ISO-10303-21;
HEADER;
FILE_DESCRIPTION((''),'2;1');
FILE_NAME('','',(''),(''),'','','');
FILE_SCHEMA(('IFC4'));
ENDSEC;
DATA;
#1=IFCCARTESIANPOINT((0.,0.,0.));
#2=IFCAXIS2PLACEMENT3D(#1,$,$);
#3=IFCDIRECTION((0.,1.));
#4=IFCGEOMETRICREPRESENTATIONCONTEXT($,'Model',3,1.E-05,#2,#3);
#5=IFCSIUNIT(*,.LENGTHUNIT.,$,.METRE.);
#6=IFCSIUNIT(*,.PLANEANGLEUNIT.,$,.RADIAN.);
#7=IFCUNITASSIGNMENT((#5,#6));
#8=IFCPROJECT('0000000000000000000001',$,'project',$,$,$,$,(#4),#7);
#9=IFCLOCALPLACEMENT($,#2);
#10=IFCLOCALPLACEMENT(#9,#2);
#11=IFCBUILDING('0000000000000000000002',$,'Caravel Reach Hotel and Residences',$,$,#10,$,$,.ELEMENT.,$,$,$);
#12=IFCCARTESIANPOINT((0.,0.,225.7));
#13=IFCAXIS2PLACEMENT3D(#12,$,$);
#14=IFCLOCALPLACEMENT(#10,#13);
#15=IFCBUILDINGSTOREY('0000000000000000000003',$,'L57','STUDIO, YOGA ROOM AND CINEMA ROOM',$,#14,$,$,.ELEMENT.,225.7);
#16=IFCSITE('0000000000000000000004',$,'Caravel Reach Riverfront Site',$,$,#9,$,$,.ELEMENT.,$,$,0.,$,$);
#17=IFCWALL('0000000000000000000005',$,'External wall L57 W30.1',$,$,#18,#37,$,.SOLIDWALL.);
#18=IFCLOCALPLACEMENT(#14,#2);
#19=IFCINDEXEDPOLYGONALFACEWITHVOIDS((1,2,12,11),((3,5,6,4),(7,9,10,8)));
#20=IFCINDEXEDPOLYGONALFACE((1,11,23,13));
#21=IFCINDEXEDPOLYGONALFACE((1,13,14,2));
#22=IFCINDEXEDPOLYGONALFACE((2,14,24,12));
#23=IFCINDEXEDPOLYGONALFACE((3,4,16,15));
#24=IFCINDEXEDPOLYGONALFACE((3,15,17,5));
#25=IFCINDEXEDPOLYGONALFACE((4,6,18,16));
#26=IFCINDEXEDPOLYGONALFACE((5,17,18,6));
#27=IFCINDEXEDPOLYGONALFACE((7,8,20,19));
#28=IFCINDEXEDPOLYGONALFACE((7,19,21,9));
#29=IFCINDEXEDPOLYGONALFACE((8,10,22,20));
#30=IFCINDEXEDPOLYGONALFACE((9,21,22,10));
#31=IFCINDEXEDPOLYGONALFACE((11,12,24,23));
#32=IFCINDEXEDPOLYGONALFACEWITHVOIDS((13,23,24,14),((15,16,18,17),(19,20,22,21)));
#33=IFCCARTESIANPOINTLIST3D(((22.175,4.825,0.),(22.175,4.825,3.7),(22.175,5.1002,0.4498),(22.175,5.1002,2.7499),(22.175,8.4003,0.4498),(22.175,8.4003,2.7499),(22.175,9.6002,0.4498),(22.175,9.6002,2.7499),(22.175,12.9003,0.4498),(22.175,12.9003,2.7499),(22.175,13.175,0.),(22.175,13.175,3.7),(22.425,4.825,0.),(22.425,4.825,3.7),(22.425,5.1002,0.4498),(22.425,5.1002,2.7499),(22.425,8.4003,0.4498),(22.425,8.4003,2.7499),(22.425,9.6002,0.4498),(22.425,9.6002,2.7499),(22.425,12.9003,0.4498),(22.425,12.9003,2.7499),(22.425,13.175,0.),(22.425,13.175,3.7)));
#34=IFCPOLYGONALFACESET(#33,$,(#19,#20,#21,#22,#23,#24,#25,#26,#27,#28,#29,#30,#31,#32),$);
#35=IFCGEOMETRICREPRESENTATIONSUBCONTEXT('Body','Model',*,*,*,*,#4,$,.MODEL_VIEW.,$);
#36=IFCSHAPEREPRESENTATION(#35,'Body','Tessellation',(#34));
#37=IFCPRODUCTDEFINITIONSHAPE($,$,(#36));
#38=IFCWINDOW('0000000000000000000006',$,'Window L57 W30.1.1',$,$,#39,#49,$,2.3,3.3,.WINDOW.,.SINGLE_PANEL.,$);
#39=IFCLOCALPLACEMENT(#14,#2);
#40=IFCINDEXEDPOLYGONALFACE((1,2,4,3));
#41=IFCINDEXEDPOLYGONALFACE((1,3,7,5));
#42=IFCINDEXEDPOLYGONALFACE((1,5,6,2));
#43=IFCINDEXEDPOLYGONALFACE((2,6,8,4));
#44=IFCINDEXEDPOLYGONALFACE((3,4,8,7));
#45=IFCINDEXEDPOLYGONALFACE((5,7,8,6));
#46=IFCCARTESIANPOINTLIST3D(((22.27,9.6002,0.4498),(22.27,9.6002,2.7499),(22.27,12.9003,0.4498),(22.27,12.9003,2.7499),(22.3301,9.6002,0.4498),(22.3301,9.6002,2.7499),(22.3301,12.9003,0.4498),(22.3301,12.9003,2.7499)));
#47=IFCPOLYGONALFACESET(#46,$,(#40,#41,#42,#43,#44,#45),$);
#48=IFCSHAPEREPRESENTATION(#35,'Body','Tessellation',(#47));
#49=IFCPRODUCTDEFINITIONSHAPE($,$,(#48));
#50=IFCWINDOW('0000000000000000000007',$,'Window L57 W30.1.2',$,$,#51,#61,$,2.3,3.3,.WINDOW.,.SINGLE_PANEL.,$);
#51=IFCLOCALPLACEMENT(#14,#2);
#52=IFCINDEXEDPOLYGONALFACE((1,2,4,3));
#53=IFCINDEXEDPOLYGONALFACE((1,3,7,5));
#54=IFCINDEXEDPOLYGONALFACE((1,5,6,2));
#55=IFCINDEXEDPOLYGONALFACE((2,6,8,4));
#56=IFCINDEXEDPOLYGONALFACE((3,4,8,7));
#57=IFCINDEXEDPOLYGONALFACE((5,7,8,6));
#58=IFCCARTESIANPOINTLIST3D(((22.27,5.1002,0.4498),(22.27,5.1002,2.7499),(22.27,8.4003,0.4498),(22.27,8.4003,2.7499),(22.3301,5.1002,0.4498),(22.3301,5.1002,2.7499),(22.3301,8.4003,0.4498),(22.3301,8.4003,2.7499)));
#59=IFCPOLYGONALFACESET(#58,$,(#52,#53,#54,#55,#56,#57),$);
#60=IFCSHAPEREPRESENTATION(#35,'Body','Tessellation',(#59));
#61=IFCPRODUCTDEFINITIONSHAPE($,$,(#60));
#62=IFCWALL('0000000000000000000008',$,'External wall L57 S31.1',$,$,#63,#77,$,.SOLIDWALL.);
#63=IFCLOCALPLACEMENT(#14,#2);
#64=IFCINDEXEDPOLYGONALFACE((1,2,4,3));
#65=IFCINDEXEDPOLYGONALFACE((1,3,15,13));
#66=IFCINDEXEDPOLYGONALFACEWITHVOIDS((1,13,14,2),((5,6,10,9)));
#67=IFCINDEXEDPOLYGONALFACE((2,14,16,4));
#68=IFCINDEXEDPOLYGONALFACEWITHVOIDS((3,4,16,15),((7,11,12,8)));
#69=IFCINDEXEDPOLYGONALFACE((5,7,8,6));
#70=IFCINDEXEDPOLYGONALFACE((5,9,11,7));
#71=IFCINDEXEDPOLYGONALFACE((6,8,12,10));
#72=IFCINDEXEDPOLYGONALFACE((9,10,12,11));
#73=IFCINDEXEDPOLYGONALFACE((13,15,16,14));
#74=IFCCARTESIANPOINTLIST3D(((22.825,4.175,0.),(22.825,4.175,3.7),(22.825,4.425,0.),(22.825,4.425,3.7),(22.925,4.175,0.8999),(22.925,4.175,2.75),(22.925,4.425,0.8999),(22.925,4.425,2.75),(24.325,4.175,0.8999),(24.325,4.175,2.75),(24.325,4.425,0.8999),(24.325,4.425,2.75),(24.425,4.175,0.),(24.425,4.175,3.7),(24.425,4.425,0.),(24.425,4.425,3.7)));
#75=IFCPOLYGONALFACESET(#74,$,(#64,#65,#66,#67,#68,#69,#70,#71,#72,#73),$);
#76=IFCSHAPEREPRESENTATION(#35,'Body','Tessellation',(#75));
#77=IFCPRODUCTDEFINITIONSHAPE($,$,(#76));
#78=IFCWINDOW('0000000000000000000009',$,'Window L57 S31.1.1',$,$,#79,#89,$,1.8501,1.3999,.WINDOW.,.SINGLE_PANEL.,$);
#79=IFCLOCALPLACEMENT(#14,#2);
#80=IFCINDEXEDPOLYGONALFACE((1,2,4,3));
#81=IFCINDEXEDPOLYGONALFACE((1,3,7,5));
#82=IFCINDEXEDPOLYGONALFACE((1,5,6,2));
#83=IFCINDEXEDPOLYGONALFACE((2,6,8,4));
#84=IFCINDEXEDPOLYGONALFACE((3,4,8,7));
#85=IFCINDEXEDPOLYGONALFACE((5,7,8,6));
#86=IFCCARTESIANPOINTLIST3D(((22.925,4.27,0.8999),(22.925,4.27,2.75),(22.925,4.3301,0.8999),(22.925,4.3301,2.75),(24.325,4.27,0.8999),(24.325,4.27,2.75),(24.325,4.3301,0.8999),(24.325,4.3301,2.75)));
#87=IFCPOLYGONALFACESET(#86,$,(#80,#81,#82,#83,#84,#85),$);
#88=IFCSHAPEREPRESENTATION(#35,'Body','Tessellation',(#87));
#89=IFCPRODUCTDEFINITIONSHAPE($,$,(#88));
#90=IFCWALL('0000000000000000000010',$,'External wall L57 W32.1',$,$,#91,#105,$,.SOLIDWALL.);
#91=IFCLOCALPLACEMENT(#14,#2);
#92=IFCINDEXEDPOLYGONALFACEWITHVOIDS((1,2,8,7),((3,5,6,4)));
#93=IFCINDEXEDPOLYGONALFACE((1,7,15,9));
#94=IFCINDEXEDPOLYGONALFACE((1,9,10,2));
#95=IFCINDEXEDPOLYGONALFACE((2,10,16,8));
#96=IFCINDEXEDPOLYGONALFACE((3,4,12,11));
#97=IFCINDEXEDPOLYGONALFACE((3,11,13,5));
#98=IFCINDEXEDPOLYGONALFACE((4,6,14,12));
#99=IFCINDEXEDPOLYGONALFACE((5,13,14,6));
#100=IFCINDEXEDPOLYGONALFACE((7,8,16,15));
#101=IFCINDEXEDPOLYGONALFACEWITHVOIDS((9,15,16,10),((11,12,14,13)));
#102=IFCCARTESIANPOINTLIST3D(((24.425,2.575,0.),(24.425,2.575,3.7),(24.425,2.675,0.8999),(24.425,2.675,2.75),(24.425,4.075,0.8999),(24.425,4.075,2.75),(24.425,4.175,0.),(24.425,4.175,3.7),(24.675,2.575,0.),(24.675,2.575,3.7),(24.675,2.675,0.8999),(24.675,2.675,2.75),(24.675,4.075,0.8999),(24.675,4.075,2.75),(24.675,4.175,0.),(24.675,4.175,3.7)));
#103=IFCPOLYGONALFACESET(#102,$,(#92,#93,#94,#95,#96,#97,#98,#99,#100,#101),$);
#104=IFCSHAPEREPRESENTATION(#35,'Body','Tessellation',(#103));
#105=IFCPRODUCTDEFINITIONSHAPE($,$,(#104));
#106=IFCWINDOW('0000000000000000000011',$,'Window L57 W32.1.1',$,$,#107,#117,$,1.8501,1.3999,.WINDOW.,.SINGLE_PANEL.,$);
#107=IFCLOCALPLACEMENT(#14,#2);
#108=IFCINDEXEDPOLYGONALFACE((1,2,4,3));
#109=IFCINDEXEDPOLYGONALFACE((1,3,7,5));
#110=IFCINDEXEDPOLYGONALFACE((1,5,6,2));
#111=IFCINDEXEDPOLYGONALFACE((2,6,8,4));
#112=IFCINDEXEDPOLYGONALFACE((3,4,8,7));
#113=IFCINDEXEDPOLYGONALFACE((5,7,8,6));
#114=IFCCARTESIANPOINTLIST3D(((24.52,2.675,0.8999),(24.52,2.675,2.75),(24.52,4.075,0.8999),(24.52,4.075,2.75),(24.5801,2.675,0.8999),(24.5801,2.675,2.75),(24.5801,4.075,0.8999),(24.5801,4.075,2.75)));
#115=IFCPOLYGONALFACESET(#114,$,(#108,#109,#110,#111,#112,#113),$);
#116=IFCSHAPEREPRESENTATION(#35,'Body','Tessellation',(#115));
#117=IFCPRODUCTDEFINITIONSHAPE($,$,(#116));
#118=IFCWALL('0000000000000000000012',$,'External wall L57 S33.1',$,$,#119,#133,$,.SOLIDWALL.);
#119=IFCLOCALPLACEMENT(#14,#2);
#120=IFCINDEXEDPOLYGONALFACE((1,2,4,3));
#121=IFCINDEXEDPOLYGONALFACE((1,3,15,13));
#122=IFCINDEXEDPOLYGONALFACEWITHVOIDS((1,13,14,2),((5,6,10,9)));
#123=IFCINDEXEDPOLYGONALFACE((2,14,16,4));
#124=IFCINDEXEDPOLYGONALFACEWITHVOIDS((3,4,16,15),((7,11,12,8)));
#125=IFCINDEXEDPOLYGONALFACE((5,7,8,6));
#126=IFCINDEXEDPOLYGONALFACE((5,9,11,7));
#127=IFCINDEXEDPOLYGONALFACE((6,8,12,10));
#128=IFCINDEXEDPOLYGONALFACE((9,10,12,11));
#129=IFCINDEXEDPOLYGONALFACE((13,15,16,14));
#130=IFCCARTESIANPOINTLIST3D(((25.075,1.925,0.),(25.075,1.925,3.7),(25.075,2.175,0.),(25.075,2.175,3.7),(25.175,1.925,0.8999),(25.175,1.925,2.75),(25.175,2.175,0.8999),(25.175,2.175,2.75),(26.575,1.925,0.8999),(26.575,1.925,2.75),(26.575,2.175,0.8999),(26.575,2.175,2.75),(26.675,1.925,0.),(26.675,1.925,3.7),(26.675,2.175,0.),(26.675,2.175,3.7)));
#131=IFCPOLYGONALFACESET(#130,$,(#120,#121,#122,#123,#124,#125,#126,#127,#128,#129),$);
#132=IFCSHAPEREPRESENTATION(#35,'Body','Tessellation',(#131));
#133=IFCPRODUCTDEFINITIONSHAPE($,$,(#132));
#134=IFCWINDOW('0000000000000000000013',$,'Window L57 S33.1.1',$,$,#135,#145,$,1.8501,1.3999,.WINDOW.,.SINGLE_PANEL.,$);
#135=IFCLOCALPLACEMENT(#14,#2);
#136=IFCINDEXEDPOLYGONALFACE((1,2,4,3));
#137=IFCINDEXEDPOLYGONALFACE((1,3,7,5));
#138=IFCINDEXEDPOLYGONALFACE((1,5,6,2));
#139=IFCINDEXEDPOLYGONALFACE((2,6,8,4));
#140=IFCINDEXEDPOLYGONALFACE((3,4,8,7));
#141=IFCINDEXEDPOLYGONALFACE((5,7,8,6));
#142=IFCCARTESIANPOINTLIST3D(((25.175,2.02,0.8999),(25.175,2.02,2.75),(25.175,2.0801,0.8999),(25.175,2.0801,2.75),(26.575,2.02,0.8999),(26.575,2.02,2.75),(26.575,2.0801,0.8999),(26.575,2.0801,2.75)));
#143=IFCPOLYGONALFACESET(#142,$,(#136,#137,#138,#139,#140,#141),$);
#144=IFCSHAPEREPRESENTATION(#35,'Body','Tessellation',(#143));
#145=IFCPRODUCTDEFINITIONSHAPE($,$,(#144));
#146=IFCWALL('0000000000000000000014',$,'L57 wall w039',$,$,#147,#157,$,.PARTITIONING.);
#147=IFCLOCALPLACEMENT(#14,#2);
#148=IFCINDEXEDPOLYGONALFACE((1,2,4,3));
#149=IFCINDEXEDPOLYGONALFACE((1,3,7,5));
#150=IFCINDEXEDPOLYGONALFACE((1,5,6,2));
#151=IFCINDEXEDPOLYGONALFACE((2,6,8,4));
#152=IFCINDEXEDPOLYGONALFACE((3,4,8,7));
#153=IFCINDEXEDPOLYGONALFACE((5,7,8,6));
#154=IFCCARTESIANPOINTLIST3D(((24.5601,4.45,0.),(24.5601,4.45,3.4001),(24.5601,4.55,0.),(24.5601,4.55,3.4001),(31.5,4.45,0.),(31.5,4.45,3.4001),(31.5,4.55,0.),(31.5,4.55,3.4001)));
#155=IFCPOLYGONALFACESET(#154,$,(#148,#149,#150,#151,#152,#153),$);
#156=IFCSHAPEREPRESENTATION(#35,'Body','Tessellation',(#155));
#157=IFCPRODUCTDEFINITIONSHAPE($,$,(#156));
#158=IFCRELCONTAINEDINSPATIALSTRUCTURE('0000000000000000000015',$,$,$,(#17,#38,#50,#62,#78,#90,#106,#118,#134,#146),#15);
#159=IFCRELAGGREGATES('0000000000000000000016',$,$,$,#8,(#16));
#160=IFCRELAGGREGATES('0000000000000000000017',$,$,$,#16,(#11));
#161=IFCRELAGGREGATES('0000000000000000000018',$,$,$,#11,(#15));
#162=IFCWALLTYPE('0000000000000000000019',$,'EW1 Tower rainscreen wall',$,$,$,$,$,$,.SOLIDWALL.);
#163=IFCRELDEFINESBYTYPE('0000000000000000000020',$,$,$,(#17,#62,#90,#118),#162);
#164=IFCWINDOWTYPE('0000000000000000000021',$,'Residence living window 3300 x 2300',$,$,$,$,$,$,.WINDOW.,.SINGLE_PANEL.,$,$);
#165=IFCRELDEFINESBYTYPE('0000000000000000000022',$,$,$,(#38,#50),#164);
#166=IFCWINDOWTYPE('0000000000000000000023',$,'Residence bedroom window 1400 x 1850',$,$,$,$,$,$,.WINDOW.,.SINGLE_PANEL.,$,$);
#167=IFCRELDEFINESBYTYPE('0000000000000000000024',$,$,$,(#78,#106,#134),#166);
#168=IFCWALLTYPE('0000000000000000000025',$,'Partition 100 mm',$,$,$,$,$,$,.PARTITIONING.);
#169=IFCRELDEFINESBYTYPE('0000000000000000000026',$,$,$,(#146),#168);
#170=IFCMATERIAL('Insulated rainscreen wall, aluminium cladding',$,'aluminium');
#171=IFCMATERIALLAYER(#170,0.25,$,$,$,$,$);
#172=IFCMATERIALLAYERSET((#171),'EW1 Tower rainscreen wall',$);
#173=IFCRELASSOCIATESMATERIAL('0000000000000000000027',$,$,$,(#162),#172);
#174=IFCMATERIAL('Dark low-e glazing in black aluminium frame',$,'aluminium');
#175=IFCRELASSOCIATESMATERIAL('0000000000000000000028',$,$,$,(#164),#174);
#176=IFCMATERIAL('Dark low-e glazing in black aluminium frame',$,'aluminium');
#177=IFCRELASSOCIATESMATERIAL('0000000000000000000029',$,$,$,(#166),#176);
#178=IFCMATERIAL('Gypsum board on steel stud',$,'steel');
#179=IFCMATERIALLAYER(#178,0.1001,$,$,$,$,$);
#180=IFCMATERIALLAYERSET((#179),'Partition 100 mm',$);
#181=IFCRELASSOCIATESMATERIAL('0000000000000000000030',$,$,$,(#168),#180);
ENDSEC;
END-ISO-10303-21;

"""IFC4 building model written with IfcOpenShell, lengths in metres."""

from ifc_helpers import new_model, si_unit, direction, frame, frame_2d, origin, place, context, subcontext, project, spatial, rectangle, extrude, material, layer, layer_set, type_object, element, fill, save


model = new_model("IFC4")

# Units and contexts
model_context = context("Model", 3, precision=1e-05, world=origin(), true_north=direction((0.0, 1.0)))
body_context = subcontext(model_context, "Body", "Model", "MODEL_VIEW")
ifc_project = project(units=[si_unit("LENGTHUNIT", "METRE"), si_unit("PLANEANGLEUNIT", "RADIAN")], contexts=[model_context])

# Site, building, storey
site_placement = place(None, origin())
site = spatial("IfcSite", under=ifc_project, at=site_placement, Name="Caravel Reach Riverfront Site", CompositionType="ELEMENT", RefElevation=0.0)
building_placement = place(site_placement, origin())
building = spatial("IfcBuilding", under=site, at=building_placement, Name="Caravel Reach Hotel and Residences", CompositionType="ELEMENT")
storey_placement = place(building_placement, frame((0.0, 0.0, 225.7)))
storey = spatial("IfcBuildingStorey", under=building, at=storey_placement, Name="L57", Description="STUDIO, YOGA ROOM AND CINEMA ROOM", CompositionType="ELEMENT", Elevation=225.7)

# Shared definitions
ifc_material_1 = material(Name="Insulated rainscreen wall, aluminium cladding", Category="aluminium")
ifc_layer_1 = layer(ifc_material_1, 0.25)
ifc_layer_set_1 = layer_set([ifc_layer_1], Name="EW1 Tower rainscreen wall")
wall_type_1 = type_object("IfcWallType", Name="EW1 Tower rainscreen wall", PredefinedType="SOLIDWALL", material=ifc_layer_set_1)
ifc_material_2 = material(Name="Dark low-e glazing in black aluminium frame", Category="aluminium")
window_type_1 = type_object("IfcWindowType", Name="Residence living window 3300 x 2300", PartitioningType="SINGLE_PANEL", PredefinedType="WINDOW", material=ifc_material_2)

# Wall, openings, windows
wall_1_placement = place(storey_placement, frame((22.3, 13.175, 0.0), z_axis=(0.0, 0.0, 1.0), x_axis=(0.0, -1.0, 0.0)))
wall_1 = element("IfcWall", 1, at=wall_1_placement, inside=storey, type_object=wall_type_1, Name="External wall L57 W30.1", PredefinedType="SOLIDWALL", context=body_context, shape_type="SweptSolid", body=[
    extrude(rectangle(XDim=8.3501, YDim=0.25, at=frame_2d((4.175, 0.0))), origin(), (0.0, 0.0, 1.0), 3.7),
])
opening_1_placement = place(wall_1_placement, frame((0.2749, 0.0, 0.45)))
opening_1 = element("IfcOpeningElement", 2, at=opening_1_placement, cuts=wall_1, PredefinedType="OPENING", context=body_context, shape_type="SweptSolid", body=[
    extrude(rectangle(XDim=3.3, YDim=2.3, at=frame_2d((1.6499, 1.1499))), frame((0.0, 0.135, 0.0), z_axis=(0.0, -1.0, 0.0), x_axis=(1.0, 0.0, 0.0)), (0.0, 0.0, 1.0), 0.27),
])
opening_2_placement = place(wall_1_placement, frame((4.7749, 0.0, 0.45)))
opening_2 = element("IfcOpeningElement", 3, at=opening_2_placement, cuts=wall_1, PredefinedType="OPENING", context=body_context, shape_type="SweptSolid", body=[
    extrude(rectangle(XDim=3.3, YDim=2.3, at=frame_2d((1.6499, 1.1499))), frame((0.0, 0.135, 0.0), z_axis=(0.0, -1.0, 0.0), x_axis=(1.0, 0.0, 0.0)), (0.0, 0.0, 1.0), 0.27),
])
window_1_placement = place(opening_1_placement, origin())
window_1 = element("IfcWindow", 4, at=window_1_placement, inside=storey, type_object=window_type_1, Name="Window L57 W30.1.1", OverallHeight=2.3, OverallWidth=3.3, PartitioningType="SINGLE_PANEL", PredefinedType="WINDOW", context=body_context, shape_type="SweptSolid", body=[
    extrude(rectangle(XDim=3.3, YDim=2.3, at=frame_2d((1.6499, 1.1499))), frame((0.0, 0.03, 0.0), z_axis=(0.0, -1.0, 0.0), x_axis=(1.0, 0.0, 0.0)), (0.0, 0.0, 1.0), 0.0601),
])
fill(opening_1, window_1)
window_2_placement = place(opening_2_placement, origin())
window_2 = element("IfcWindow", 5, at=window_2_placement, inside=storey, type_object=window_type_1, Name="Window L57 W30.1.2", OverallHeight=2.3, OverallWidth=3.3, PartitioningType="SINGLE_PANEL", PredefinedType="WINDOW", context=body_context, shape_type="SweptSolid", body=[
    extrude(rectangle(XDim=3.3, YDim=2.3, at=frame_2d((1.6499, 1.1499))), frame((0.0, 0.03, 0.0), z_axis=(0.0, -1.0, 0.0), x_axis=(1.0, 0.0, 0.0)), (0.0, 0.0, 1.0), 0.0601),
])
fill(opening_2, window_2)

# Walls, openings, windows
wall_2_placement = place(storey_placement, frame((22.825, 4.3, 0.0), z_axis=(0.0, 0.0, 1.0), x_axis=(1.0, 0.0, 0.0)))
wall_2 = element("IfcWall", 6, at=wall_2_placement, inside=storey, type_object=wall_type_1, Name="External wall L57 S31.1", PredefinedType="SOLIDWALL", context=body_context, shape_type="SweptSolid", body=[
    extrude(rectangle(XDim=1.6001, YDim=0.25, at=frame_2d((0.8, 0.0))), origin(), (0.0, 0.0, 1.0), 3.7),
])
opening_3_placement = place(wall_2_placement, frame((0.1001, 0.0, 0.8999)))
opening_3 = element("IfcOpeningElement", 7, at=opening_3_placement, cuts=wall_2, PredefinedType="OPENING", context=body_context, shape_type="SweptSolid", body=[
    extrude(rectangle(XDim=1.3999, YDim=1.8501, at=frame_2d((0.7, 0.925))), frame((0.0, 0.135, 0.0), z_axis=(0.0, -1.0, 0.0), x_axis=(1.0, 0.0, 0.0)), (0.0, 0.0, 1.0), 0.27),
])
ifc_material_3 = material(Name="Dark low-e glazing in black aluminium frame", Category="aluminium")
window_type_2 = type_object("IfcWindowType", Name="Residence bedroom window 1400 x 1850", PartitioningType="SINGLE_PANEL", PredefinedType="WINDOW", material=ifc_material_3)
window_3_placement = place(opening_3_placement, origin())
window_3 = element("IfcWindow", 8, at=window_3_placement, inside=storey, type_object=window_type_2, Name="Window L57 S31.1.1", OverallHeight=1.8501, OverallWidth=1.3999, PartitioningType="SINGLE_PANEL", PredefinedType="WINDOW", context=body_context, shape_type="SweptSolid", body=[
    extrude(rectangle(XDim=1.3999, YDim=1.8501, at=frame_2d((0.7, 0.925))), frame((0.0, 0.03, 0.0), z_axis=(0.0, -1.0, 0.0), x_axis=(1.0, 0.0, 0.0)), (0.0, 0.0, 1.0), 0.0601),
])
fill(opening_3, window_3)
wall_3_placement = place(storey_placement, frame((24.55, 4.175, 0.0), z_axis=(0.0, 0.0, 1.0), x_axis=(0.0, -1.0, 0.0)))
wall_3 = element("IfcWall", 9, at=wall_3_placement, inside=storey, type_object=wall_type_1, Name="External wall L57 W32.1", PredefinedType="SOLIDWALL", context=body_context, shape_type="SweptSolid", body=[
    extrude(rectangle(XDim=1.6001, YDim=0.25, at=frame_2d((0.8, 0.0))), origin(), (0.0, 0.0, 1.0), 3.7),
])
opening_4_placement = place(wall_3_placement, frame((0.1001, 0.0, 0.8999)))
opening_4 = element("IfcOpeningElement", 10, at=opening_4_placement, cuts=wall_3, PredefinedType="OPENING", context=body_context, shape_type="SweptSolid", body=[
    extrude(rectangle(XDim=1.3999, YDim=1.8501, at=frame_2d((0.7, 0.925))), frame((0.0, 0.135, 0.0), z_axis=(0.0, -1.0, 0.0), x_axis=(1.0, 0.0, 0.0)), (0.0, 0.0, 1.0), 0.27),
])
window_4_placement = place(opening_4_placement, origin())
window_4 = element("IfcWindow", 11, at=window_4_placement, inside=storey, type_object=window_type_2, Name="Window L57 W32.1.1", OverallHeight=1.8501, OverallWidth=1.3999, PartitioningType="SINGLE_PANEL", PredefinedType="WINDOW", context=body_context, shape_type="SweptSolid", body=[
    extrude(rectangle(XDim=1.3999, YDim=1.8501, at=frame_2d((0.7, 0.925))), frame((0.0, 0.03, 0.0), z_axis=(0.0, -1.0, 0.0), x_axis=(1.0, 0.0, 0.0)), (0.0, 0.0, 1.0), 0.0601),
])
fill(opening_4, window_4)
wall_4_placement = place(storey_placement, frame((25.075, 2.05, 0.0), z_axis=(0.0, 0.0, 1.0), x_axis=(1.0, 0.0, 0.0)))
wall_4 = element("IfcWall", 12, at=wall_4_placement, inside=storey, type_object=wall_type_1, Name="External wall L57 S33.1", PredefinedType="SOLIDWALL", context=body_context, shape_type="SweptSolid", body=[
    extrude(rectangle(XDim=1.6001, YDim=0.25, at=frame_2d((0.8, 0.0))), origin(), (0.0, 0.0, 1.0), 3.7),
])
opening_5_placement = place(wall_4_placement, frame((0.1001, 0.0, 0.8999)))
opening_5 = element("IfcOpeningElement", 13, at=opening_5_placement, cuts=wall_4, PredefinedType="OPENING", context=body_context, shape_type="SweptSolid", body=[
    extrude(rectangle(XDim=1.3999, YDim=1.8501, at=frame_2d((0.7, 0.925))), frame((0.0, 0.135, 0.0), z_axis=(0.0, -1.0, 0.0), x_axis=(1.0, 0.0, 0.0)), (0.0, 0.0, 1.0), 0.27),
])
window_5_placement = place(opening_5_placement, origin())
window_5 = element("IfcWindow", 14, at=window_5_placement, inside=storey, type_object=window_type_2, Name="Window L57 S33.1.1", OverallHeight=1.8501, OverallWidth=1.3999, PartitioningType="SINGLE_PANEL", PredefinedType="WINDOW", context=body_context, shape_type="SweptSolid", body=[
    extrude(rectangle(XDim=1.3999, YDim=1.8501, at=frame_2d((0.7, 0.925))), frame((0.0, 0.03, 0.0), z_axis=(0.0, -1.0, 0.0), x_axis=(1.0, 0.0, 0.0)), (0.0, 0.0, 1.0), 0.0601),
])
fill(opening_5, window_5)

# Wall
ifc_material_4 = material(Name="Gypsum board on steel stud", Category="steel")
ifc_layer_2 = layer(ifc_material_4, 0.1001)
ifc_layer_set_2 = layer_set([ifc_layer_2], Name="Partition 100 mm")
wall_type_2 = type_object("IfcWallType", Name="Partition 100 mm", PredefinedType="PARTITIONING", material=ifc_layer_set_2)
wall_5_placement = place(storey_placement, frame((24.5601, 4.5, 0.0), z_axis=(0.0, 0.0, 1.0), x_axis=(1.0, 0.0, 0.0)))
element("IfcWall", 15, at=wall_5_placement, inside=storey, type_object=wall_type_2, Name="L57 wall w039", PredefinedType="PARTITIONING", context=body_context, shape_type="SweptSolid", body=[
    extrude(rectangle(XDim=6.9399, YDim=0.1001, at=frame_2d((3.47, 0.0))), origin(), (0.0, 0.0, 1.0), 3.4001),
])

save(model, "model.ifc")
